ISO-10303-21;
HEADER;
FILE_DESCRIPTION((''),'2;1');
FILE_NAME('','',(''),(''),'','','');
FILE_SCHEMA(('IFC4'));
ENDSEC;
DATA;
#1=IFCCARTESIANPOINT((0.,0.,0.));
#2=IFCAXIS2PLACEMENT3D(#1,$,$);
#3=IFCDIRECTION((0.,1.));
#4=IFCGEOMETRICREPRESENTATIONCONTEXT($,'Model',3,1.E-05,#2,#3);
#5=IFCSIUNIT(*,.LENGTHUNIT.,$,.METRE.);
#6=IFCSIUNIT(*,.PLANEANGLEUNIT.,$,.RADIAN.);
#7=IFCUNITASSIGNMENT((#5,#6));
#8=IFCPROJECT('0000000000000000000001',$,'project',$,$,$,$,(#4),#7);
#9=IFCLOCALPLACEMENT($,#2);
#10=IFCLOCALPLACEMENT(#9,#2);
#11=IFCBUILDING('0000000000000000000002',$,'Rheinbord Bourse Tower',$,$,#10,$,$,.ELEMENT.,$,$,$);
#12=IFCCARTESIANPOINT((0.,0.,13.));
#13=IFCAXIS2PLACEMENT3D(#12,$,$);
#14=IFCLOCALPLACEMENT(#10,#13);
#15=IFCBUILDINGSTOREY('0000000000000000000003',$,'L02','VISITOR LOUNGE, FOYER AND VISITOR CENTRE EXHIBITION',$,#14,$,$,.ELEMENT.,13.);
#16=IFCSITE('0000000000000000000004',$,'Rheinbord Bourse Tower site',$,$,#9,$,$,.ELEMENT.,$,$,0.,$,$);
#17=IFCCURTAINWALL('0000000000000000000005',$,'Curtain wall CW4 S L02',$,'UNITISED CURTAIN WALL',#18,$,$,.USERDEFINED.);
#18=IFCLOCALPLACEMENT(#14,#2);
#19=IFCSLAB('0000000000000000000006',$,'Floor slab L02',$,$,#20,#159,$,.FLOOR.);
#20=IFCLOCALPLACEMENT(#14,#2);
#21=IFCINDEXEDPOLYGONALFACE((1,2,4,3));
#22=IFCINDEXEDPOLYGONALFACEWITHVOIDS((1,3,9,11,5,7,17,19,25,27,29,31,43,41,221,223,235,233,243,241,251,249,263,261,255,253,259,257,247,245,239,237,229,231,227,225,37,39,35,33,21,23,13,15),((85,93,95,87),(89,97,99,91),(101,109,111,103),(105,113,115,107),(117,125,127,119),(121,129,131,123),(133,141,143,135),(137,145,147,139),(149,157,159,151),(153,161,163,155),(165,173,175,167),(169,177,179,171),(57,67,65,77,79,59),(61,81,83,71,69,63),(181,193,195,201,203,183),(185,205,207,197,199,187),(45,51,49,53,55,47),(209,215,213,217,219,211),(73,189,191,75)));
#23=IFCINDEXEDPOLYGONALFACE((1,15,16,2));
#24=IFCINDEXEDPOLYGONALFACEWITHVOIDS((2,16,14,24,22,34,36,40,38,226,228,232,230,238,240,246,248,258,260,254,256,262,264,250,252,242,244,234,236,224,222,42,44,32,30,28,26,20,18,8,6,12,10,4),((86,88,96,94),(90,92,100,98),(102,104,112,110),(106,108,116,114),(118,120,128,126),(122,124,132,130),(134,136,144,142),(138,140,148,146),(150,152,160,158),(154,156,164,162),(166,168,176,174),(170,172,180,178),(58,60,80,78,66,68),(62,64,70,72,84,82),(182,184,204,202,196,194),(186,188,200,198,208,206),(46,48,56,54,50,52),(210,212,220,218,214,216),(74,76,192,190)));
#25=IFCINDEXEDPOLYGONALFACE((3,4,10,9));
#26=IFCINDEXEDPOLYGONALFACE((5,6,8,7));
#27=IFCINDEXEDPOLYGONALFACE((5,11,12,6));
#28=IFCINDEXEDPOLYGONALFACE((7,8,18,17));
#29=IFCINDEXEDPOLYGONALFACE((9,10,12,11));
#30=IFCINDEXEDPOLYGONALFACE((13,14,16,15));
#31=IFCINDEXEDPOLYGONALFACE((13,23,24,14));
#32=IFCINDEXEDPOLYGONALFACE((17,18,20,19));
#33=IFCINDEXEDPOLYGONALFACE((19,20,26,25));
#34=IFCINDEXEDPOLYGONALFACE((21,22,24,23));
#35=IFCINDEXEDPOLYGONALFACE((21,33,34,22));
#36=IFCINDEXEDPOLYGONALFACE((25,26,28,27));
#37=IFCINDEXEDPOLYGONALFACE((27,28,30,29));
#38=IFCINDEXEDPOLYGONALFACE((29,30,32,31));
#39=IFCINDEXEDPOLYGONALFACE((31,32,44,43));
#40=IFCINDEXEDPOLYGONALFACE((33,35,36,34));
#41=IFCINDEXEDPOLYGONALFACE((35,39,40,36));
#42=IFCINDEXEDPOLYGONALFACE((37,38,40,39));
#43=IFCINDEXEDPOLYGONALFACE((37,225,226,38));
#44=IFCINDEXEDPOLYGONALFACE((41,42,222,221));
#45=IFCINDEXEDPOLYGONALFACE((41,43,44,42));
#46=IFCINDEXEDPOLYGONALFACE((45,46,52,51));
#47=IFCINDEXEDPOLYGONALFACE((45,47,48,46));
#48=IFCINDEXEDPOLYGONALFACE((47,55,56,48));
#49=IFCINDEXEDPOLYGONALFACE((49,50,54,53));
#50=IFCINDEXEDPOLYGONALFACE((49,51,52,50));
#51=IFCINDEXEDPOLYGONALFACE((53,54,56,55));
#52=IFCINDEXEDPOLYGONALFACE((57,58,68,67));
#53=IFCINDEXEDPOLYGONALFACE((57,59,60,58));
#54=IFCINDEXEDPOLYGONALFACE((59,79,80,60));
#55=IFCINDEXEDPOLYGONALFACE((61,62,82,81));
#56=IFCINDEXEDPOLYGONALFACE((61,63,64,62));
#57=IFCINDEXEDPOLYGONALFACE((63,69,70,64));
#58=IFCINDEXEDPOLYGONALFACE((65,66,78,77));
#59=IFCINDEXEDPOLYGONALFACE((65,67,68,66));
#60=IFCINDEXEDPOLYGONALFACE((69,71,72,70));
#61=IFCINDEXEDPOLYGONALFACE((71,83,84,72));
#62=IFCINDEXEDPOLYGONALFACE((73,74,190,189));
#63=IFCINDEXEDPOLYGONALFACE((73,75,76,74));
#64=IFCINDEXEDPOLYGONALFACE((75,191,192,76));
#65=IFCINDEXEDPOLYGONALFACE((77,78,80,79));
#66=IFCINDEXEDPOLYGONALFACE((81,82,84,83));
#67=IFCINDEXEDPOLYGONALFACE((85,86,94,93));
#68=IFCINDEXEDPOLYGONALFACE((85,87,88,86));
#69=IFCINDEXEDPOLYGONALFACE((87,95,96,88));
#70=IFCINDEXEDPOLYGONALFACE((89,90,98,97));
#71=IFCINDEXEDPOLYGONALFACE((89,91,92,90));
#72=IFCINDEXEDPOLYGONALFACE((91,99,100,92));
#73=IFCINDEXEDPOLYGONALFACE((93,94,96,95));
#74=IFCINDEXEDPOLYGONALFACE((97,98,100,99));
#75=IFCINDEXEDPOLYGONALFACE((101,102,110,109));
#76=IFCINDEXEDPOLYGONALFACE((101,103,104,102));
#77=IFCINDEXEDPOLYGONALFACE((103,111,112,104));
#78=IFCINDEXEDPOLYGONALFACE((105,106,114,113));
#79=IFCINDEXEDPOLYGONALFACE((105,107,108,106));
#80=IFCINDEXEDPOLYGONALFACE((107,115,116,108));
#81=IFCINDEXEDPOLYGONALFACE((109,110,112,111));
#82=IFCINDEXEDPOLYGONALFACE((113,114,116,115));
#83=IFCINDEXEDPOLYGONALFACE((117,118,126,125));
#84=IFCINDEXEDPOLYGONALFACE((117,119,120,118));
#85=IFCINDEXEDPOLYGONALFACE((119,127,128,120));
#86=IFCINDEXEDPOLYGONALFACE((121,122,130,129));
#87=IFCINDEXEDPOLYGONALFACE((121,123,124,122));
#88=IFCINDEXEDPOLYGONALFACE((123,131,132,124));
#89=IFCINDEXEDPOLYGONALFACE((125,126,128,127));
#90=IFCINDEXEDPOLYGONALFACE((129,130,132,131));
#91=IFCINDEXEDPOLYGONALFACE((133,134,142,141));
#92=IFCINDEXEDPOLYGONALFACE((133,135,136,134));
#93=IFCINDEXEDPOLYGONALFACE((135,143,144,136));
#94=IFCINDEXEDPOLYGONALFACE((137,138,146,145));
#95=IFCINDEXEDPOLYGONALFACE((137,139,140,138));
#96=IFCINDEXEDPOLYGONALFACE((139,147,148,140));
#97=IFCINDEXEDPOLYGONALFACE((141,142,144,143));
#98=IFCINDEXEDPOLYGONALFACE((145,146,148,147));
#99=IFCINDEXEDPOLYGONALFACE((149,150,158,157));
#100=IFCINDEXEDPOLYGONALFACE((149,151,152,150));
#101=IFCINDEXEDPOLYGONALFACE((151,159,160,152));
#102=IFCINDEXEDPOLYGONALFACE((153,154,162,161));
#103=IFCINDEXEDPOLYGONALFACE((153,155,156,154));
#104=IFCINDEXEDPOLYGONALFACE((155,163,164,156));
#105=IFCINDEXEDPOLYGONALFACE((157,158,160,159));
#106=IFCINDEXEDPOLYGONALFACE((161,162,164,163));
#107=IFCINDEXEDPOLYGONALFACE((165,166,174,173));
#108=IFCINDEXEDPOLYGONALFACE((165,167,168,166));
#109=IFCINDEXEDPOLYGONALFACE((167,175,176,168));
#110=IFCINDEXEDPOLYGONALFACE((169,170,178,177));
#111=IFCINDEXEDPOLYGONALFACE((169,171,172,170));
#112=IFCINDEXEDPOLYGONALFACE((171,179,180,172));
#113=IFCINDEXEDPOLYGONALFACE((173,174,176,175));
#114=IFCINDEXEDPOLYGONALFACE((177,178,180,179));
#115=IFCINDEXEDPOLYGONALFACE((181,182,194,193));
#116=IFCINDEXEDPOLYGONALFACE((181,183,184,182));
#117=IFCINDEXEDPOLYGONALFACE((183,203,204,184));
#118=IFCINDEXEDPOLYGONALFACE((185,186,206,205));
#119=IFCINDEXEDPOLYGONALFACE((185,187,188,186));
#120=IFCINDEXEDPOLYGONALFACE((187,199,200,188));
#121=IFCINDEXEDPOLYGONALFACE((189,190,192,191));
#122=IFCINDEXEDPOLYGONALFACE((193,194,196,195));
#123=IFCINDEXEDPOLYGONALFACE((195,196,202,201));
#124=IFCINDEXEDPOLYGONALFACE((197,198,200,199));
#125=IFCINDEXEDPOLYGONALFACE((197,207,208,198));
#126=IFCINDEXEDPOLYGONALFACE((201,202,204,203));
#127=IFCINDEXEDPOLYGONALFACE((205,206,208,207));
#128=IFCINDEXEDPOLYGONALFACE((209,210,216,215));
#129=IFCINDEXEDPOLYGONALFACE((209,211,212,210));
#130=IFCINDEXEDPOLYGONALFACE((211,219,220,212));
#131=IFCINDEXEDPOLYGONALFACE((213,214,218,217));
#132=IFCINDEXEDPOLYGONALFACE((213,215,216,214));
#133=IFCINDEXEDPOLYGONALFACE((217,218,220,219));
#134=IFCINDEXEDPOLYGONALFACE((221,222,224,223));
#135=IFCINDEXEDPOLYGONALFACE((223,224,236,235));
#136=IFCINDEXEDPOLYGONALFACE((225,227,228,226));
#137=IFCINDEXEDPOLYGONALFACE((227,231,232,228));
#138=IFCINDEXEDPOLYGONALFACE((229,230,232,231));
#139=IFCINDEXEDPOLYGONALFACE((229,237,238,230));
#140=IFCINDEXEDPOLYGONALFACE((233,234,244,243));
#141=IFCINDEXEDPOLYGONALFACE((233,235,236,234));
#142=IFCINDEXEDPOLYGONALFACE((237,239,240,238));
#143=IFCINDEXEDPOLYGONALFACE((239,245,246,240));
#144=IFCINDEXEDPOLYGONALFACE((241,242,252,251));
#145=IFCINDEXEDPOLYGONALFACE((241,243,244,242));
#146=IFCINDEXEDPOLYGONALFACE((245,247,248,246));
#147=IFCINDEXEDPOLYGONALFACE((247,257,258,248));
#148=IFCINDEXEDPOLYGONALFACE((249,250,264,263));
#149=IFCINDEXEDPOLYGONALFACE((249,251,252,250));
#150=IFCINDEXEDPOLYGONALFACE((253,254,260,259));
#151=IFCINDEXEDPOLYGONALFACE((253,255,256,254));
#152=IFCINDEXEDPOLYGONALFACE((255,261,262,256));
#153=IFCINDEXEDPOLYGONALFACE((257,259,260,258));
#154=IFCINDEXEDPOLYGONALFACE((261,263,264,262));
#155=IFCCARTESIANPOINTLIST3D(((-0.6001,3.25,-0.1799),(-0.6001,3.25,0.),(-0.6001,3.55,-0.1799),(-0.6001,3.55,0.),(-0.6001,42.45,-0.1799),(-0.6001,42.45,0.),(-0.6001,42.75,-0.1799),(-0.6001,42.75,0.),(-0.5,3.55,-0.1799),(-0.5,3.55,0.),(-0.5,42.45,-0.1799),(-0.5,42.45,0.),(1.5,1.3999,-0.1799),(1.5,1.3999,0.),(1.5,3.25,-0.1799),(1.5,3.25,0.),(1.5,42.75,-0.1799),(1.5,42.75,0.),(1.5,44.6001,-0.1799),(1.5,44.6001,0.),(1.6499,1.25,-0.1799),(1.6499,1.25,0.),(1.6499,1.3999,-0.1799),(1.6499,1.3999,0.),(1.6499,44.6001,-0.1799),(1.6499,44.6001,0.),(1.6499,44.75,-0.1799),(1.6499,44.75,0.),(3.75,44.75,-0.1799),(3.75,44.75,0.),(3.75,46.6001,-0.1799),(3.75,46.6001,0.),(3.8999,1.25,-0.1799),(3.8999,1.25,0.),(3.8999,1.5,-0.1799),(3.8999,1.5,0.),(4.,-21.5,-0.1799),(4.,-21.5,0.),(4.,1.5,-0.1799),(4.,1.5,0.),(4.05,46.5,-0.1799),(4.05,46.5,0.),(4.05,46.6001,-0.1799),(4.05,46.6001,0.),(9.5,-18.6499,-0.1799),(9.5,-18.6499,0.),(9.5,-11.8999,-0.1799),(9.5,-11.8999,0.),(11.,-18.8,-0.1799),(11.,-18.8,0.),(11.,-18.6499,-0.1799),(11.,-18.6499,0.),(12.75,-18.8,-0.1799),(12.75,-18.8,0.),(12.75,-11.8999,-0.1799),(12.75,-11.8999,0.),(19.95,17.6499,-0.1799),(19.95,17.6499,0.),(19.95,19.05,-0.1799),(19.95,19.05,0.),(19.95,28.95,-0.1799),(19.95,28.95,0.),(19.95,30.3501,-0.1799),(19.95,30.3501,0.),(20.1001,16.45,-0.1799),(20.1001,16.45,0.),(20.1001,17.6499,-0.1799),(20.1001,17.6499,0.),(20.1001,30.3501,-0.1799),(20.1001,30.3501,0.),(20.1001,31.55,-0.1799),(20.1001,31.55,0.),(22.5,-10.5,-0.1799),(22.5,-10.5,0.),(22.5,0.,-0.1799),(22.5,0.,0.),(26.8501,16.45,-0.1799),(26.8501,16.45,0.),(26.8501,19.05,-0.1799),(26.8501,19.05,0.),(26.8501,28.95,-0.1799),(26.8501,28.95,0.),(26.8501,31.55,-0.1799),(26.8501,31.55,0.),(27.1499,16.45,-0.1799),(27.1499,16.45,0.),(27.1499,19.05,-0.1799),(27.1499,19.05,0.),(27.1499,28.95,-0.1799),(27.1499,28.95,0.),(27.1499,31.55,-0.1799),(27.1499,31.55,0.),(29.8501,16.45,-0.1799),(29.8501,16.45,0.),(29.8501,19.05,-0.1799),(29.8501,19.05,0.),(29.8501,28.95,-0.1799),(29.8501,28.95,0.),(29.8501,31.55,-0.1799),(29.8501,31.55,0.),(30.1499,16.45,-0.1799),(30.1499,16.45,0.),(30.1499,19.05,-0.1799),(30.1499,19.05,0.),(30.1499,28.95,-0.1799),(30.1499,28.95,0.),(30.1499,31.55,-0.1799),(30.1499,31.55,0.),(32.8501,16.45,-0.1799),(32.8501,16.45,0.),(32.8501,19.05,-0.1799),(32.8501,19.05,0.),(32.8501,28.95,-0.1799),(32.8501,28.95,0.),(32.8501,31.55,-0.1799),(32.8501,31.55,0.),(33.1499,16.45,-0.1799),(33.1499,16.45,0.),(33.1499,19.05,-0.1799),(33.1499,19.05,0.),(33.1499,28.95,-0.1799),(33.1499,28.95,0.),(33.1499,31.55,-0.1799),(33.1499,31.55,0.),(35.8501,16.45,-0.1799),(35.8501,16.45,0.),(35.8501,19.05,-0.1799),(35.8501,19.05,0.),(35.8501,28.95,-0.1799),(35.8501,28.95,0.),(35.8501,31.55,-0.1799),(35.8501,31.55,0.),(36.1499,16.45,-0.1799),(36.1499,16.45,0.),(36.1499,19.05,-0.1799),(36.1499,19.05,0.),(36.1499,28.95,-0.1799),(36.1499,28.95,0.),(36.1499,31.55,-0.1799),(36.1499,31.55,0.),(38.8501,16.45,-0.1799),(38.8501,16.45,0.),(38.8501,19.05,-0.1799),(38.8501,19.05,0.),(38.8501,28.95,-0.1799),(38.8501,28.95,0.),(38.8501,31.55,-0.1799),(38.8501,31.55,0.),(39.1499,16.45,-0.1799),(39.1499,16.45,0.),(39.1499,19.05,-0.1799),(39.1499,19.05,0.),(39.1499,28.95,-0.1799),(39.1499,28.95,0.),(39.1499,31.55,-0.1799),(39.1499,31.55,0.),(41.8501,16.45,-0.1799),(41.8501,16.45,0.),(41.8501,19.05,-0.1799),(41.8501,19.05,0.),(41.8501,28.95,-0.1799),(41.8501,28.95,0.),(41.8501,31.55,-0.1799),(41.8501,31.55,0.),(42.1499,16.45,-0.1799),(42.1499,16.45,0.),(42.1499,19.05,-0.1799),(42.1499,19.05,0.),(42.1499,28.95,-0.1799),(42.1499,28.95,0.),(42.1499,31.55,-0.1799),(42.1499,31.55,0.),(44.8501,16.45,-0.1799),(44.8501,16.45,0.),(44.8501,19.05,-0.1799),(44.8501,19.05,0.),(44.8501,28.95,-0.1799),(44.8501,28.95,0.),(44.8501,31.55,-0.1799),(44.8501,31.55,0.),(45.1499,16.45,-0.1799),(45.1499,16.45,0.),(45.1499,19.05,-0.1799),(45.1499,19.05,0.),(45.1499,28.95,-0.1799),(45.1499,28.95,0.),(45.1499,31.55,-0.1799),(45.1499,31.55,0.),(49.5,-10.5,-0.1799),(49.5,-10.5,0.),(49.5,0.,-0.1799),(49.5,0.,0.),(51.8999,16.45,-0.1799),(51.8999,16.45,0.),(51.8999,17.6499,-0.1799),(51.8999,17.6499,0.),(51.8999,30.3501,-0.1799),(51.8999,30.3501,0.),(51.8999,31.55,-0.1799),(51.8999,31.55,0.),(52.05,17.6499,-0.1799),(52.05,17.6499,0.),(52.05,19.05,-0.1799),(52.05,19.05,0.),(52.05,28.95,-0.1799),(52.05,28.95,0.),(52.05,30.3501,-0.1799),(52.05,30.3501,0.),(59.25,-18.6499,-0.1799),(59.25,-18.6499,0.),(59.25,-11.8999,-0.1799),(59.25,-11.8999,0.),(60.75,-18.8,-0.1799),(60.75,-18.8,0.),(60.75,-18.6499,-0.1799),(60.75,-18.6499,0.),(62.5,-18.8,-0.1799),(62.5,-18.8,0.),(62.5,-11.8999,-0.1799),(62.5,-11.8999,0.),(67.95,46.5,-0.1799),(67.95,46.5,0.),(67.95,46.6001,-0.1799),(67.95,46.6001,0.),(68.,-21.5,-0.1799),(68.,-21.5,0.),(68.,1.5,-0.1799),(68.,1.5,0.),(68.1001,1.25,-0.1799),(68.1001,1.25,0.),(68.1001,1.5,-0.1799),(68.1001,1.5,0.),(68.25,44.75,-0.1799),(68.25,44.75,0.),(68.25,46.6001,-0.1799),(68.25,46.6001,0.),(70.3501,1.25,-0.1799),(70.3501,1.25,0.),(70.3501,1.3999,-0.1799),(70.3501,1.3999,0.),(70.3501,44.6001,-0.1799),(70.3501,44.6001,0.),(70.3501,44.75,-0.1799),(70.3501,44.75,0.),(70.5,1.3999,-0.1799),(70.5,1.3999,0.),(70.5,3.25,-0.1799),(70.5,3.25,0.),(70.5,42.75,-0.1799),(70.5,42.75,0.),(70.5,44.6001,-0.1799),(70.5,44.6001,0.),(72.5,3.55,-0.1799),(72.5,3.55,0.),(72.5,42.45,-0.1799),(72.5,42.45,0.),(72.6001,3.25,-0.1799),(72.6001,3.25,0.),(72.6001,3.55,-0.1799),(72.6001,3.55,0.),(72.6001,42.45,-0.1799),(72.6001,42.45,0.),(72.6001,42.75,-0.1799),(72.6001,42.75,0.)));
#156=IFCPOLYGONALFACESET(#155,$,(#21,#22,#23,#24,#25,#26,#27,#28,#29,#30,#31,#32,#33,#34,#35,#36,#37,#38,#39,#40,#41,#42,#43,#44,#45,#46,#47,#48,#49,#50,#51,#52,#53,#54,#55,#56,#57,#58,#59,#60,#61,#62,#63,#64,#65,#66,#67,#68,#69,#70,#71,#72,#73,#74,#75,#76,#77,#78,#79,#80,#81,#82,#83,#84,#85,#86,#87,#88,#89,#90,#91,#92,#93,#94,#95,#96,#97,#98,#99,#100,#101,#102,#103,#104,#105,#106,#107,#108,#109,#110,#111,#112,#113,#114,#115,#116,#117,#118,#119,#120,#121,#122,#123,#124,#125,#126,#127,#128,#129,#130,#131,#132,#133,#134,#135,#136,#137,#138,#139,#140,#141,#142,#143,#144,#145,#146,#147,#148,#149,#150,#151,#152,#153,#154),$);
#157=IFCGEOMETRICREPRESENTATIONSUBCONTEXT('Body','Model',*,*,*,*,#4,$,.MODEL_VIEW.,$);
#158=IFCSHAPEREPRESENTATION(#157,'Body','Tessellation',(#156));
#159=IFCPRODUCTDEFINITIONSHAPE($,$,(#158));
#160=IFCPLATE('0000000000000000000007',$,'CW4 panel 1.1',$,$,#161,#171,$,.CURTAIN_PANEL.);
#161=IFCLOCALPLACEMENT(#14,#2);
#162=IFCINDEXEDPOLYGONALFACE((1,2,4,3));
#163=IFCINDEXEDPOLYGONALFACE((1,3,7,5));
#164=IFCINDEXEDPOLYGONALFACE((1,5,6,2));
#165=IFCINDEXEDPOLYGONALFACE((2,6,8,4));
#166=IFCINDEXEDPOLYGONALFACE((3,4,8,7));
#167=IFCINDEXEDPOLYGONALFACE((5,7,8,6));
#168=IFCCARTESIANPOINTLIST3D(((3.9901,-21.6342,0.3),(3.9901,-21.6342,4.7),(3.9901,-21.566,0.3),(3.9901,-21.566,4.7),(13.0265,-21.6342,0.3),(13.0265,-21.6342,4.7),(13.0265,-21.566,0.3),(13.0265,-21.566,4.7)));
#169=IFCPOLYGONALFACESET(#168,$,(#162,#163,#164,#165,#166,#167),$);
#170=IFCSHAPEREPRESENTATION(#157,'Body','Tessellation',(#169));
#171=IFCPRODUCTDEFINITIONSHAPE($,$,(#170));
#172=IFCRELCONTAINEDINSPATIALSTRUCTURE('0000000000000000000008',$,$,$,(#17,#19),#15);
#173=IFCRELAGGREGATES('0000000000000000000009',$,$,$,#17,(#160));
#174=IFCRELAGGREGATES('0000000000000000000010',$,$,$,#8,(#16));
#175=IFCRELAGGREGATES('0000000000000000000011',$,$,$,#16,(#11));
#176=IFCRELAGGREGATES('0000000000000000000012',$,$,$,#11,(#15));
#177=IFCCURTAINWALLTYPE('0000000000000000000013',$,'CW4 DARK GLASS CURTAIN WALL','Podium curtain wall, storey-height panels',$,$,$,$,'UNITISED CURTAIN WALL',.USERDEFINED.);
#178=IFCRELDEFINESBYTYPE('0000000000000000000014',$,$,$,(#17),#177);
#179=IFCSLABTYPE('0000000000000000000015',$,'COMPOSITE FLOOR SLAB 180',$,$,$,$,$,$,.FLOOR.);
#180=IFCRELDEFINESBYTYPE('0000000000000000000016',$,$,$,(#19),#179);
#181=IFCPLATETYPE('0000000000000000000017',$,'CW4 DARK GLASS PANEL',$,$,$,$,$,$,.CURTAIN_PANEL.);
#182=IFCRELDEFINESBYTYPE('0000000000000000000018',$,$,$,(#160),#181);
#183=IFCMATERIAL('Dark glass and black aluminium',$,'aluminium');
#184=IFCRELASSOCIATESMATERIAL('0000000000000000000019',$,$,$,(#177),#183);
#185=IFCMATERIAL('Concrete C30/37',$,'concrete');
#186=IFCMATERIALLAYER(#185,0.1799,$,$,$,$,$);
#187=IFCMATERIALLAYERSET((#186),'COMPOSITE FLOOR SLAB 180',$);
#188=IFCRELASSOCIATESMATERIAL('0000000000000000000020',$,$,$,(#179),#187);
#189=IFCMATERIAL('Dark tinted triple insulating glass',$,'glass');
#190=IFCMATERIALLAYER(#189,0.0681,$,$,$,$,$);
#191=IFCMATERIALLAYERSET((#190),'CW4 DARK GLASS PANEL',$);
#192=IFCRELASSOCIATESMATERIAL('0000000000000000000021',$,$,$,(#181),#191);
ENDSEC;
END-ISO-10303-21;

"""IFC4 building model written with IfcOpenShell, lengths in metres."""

from ifc_helpers import new_model, si_unit, direction, frame, origin, origin_2d, place, context, subcontext, project, spatial, polyline, rectangle, outline, extrude, material, layer, layer_set, type_object, element, aggregate, save


model = new_model("IFC4")

# Units and contexts
model_context = context("Model", 3, precision=1e-05, world=origin(), true_north=direction((0.0, 1.0)))
body_context = subcontext(model_context, "Body", "Model", "MODEL_VIEW")
ifc_project = project(units=[si_unit("LENGTHUNIT", "METRE"), si_unit("PLANEANGLEUNIT", "RADIAN")], contexts=[model_context])

# Site, building, storey
site_placement = place(None, origin())
site = spatial("IfcSite", under=ifc_project, at=site_placement, Name="Rheinbord Bourse Tower site", CompositionType="ELEMENT", RefElevation=0.0)
building_placement = place(site_placement, origin())
building = spatial("IfcBuilding", under=site, at=building_placement, Name="Rheinbord Bourse Tower", CompositionType="ELEMENT")
storey_placement = place(building_placement, frame((0.0, 0.0, 13.0)))
storey = spatial("IfcBuildingStorey", under=building, at=storey_placement, Name="L02", Description="VISITOR LOUNGE, FOYER AND VISITOR CENTRE EXHIBITION", CompositionType="ELEMENT", Elevation=13.0)

# Curtain wall
ifc_material_1 = material(Name="Dark glass and black aluminium", Category="aluminium")
curtain_wall_type = type_object("IfcCurtainWallType", Name="CW4 DARK GLASS CURTAIN WALL", Description="Podium curtain wall, storey-height panels", ElementType="UNITISED CURTAIN WALL", PredefinedType="USERDEFINED", material=ifc_material_1)
curtain_wall_1_placement = place(storey_placement, origin())
curtain_wall_1 = element("IfcCurtainWall", 1, at=curtain_wall_1_placement, inside=storey, type_object=curtain_wall_type, Name="Curtain wall CW4 S L02", ObjectType="UNITISED CURTAIN WALL", PredefinedType="USERDEFINED")

# Slab
ifc_material_2 = material(Name="Concrete C30/37", Category="concrete")
ifc_layer_1 = layer(ifc_material_2, 0.1799)
ifc_layer_set_1 = layer_set([ifc_layer_1], Name="COMPOSITE FLOOR SLAB 180")
slab_type_1 = type_object("IfcSlabType", Name="COMPOSITE FLOOR SLAB 180", PredefinedType="FLOOR", material=ifc_layer_set_1)
slab_1_placement = place(storey_placement, frame((0.0, 0.0, -0.1799)))
element("IfcSlab", 2, at=slab_1_placement, inside=storey, type_object=slab_type_1, Name="Floor slab L02", PredefinedType="FLOOR", context=body_context, shape_type="SweptSolid", body=[
    extrude(outline(polyline([(1.6499, 1.3999), (1.5, 1.3999), (1.5, 3.25), (-0.6001, 3.25), (-0.6001, 3.55), (-0.5, 3.55), (-0.5, 42.45), (-0.6001, 42.45), (-0.6001, 42.75), (1.5, 42.75), (1.5, 44.6001), (1.6499, 44.6001), (1.6499, 44.75), (3.75, 44.75), (3.75, 46.6001), (4.05, 46.6001), (4.05, 46.5), (67.95, 46.5), (67.95, 46.6001), (68.25, 46.6001), (68.25, 44.75), (70.3501, 44.75), (70.3501, 44.6001), (70.5, 44.6001), (70.5, 42.75), (72.6001, 42.75), (72.6001, 42.45), (72.5, 42.45), (72.5, 3.55), (72.6001, 3.55), (72.6001, 3.25), (70.5, 3.25), (70.5, 1.3999), (70.3501, 1.3999), (70.3501, 1.25), (68.1001, 1.25), (68.1001, 1.5), (68.0, 1.5), (68.0, -21.5), (4.0, -21.5), (4.0, 1.5), (3.8999, 1.5), (3.8999, 1.25), (1.6499, 1.25), (1.6499, 1.3999)]), holes=[polyline([(19.95, 19.05), (26.8501, 19.05), (26.8501, 16.45), (20.1001, 16.45), (20.1001, 17.6499), (19.95, 17.6499), (19.95, 19.05)]), polyline([(26.8501, 31.55), (26.8501, 28.95), (19.95, 28.95), (19.95, 30.3501), (20.1001, 30.3501), (20.1001, 31.55), (26.8501, 31.55)]), polyline([(45.1499, 16.45), (45.1499, 19.05), (52.05, 19.05), (52.05, 17.6499), (51.8999, 17.6499), (51.8999, 16.45), (45.1499, 16.45)]), polyline([(52.05, 28.95), (45.1499, 28.95), (45.1499, 31.55), (51.8999, 31.55), (51.8999, 30.3501), (52.05, 30.3501), (52.05, 28.95)]), polyline([(9.5, -11.8999), (12.75, -11.8999), (12.75, -18.8), (11.0, -18.8), (11.0, -18.6499), (9.5, -18.6499), (9.5, -11.8999)]), polyline([(59.25, -11.8999), (62.5, -11.8999), (62.5, -18.8), (60.75, -18.8), (60.75, -18.6499), (59.25, -18.6499), (59.25, -11.8999)]), polyline([(22.5, -10.5), (22.5, 0.0), (49.5, 0.0), (49.5, -10.5), (22.5, -10.5)]), polyline([(27.1499, 16.45), (27.1499, 19.05), (29.8501, 19.05), (29.8501, 16.45), (27.1499, 16.45)]), polyline([(27.1499, 28.95), (27.1499, 31.55), (29.8501, 31.55), (29.8501, 28.95), (27.1499, 28.95)]), polyline([(30.1499, 16.45), (30.1499, 19.05), (32.8501, 19.05), (32.8501, 16.45), (30.1499, 16.45)]), polyline([(30.1499, 28.95), (30.1499, 31.55), (32.8501, 31.55), (32.8501, 28.95), (30.1499, 28.95)]), polyline([(33.1499, 16.45), (33.1499, 19.05), (35.8501, 19.05), (35.8501, 16.45), (33.1499, 16.45)]), polyline([(33.1499, 28.95), (33.1499, 31.55), (35.8501, 31.55), (35.8501, 28.95), (33.1499, 28.95)]), polyline([(36.1499, 16.45), (36.1499, 19.05), (38.8501, 19.05), (38.8501, 16.45), (36.1499, 16.45)]), polyline([(36.1499, 28.95), (36.1499, 31.55), (38.8501, 31.55), (38.8501, 28.95), (36.1499, 28.95)]), polyline([(39.1499, 16.45), (39.1499, 19.05), (41.8501, 19.05), (41.8501, 16.45), (39.1499, 16.45)]), polyline([(39.1499, 28.95), (39.1499, 31.55), (41.8501, 31.55), (41.8501, 28.95), (39.1499, 28.95)]), polyline([(42.1499, 16.45), (42.1499, 19.05), (44.8501, 19.05), (44.8501, 16.45), (42.1499, 16.45)]), polyline([(42.1499, 28.95), (42.1499, 31.55), (44.8501, 31.55), (44.8501, 28.95), (42.1499, 28.95)])]), origin(), (0.0, 0.0, 1.0), 0.1799),
])

# Plate
ifc_material_3 = material(Name="Dark tinted triple insulating glass", Category="glass")
ifc_layer_2 = layer(ifc_material_3, 0.0681)
ifc_layer_set_2 = layer_set([ifc_layer_2], Name="CW4 DARK GLASS PANEL")
plate_type = type_object("IfcPlateType", Name="CW4 DARK GLASS PANEL", PredefinedType="CURTAIN_PANEL", material=ifc_layer_set_2)
plate_1_placement = place(storey_placement, frame((8.5083, -21.6001, 0.3), z_axis=(0.0, 0.0, 1.0), x_axis=(1.0, 0.0, 0.0)))
plate_1 = element("IfcPlate", 3, at=plate_1_placement, type_object=plate_type, Name="CW4 panel 1.1", PredefinedType="CURTAIN_PANEL", context=body_context, shape_type="SweptSolid", body=[
    extrude(rectangle(XDim=9.0364, YDim=0.0681, at=origin_2d()), origin(), (0.0, 0.0, 1.0), 4.3999),
])
aggregate(curtain_wall_1, [plate_1])

save(model, "model.ifc")
